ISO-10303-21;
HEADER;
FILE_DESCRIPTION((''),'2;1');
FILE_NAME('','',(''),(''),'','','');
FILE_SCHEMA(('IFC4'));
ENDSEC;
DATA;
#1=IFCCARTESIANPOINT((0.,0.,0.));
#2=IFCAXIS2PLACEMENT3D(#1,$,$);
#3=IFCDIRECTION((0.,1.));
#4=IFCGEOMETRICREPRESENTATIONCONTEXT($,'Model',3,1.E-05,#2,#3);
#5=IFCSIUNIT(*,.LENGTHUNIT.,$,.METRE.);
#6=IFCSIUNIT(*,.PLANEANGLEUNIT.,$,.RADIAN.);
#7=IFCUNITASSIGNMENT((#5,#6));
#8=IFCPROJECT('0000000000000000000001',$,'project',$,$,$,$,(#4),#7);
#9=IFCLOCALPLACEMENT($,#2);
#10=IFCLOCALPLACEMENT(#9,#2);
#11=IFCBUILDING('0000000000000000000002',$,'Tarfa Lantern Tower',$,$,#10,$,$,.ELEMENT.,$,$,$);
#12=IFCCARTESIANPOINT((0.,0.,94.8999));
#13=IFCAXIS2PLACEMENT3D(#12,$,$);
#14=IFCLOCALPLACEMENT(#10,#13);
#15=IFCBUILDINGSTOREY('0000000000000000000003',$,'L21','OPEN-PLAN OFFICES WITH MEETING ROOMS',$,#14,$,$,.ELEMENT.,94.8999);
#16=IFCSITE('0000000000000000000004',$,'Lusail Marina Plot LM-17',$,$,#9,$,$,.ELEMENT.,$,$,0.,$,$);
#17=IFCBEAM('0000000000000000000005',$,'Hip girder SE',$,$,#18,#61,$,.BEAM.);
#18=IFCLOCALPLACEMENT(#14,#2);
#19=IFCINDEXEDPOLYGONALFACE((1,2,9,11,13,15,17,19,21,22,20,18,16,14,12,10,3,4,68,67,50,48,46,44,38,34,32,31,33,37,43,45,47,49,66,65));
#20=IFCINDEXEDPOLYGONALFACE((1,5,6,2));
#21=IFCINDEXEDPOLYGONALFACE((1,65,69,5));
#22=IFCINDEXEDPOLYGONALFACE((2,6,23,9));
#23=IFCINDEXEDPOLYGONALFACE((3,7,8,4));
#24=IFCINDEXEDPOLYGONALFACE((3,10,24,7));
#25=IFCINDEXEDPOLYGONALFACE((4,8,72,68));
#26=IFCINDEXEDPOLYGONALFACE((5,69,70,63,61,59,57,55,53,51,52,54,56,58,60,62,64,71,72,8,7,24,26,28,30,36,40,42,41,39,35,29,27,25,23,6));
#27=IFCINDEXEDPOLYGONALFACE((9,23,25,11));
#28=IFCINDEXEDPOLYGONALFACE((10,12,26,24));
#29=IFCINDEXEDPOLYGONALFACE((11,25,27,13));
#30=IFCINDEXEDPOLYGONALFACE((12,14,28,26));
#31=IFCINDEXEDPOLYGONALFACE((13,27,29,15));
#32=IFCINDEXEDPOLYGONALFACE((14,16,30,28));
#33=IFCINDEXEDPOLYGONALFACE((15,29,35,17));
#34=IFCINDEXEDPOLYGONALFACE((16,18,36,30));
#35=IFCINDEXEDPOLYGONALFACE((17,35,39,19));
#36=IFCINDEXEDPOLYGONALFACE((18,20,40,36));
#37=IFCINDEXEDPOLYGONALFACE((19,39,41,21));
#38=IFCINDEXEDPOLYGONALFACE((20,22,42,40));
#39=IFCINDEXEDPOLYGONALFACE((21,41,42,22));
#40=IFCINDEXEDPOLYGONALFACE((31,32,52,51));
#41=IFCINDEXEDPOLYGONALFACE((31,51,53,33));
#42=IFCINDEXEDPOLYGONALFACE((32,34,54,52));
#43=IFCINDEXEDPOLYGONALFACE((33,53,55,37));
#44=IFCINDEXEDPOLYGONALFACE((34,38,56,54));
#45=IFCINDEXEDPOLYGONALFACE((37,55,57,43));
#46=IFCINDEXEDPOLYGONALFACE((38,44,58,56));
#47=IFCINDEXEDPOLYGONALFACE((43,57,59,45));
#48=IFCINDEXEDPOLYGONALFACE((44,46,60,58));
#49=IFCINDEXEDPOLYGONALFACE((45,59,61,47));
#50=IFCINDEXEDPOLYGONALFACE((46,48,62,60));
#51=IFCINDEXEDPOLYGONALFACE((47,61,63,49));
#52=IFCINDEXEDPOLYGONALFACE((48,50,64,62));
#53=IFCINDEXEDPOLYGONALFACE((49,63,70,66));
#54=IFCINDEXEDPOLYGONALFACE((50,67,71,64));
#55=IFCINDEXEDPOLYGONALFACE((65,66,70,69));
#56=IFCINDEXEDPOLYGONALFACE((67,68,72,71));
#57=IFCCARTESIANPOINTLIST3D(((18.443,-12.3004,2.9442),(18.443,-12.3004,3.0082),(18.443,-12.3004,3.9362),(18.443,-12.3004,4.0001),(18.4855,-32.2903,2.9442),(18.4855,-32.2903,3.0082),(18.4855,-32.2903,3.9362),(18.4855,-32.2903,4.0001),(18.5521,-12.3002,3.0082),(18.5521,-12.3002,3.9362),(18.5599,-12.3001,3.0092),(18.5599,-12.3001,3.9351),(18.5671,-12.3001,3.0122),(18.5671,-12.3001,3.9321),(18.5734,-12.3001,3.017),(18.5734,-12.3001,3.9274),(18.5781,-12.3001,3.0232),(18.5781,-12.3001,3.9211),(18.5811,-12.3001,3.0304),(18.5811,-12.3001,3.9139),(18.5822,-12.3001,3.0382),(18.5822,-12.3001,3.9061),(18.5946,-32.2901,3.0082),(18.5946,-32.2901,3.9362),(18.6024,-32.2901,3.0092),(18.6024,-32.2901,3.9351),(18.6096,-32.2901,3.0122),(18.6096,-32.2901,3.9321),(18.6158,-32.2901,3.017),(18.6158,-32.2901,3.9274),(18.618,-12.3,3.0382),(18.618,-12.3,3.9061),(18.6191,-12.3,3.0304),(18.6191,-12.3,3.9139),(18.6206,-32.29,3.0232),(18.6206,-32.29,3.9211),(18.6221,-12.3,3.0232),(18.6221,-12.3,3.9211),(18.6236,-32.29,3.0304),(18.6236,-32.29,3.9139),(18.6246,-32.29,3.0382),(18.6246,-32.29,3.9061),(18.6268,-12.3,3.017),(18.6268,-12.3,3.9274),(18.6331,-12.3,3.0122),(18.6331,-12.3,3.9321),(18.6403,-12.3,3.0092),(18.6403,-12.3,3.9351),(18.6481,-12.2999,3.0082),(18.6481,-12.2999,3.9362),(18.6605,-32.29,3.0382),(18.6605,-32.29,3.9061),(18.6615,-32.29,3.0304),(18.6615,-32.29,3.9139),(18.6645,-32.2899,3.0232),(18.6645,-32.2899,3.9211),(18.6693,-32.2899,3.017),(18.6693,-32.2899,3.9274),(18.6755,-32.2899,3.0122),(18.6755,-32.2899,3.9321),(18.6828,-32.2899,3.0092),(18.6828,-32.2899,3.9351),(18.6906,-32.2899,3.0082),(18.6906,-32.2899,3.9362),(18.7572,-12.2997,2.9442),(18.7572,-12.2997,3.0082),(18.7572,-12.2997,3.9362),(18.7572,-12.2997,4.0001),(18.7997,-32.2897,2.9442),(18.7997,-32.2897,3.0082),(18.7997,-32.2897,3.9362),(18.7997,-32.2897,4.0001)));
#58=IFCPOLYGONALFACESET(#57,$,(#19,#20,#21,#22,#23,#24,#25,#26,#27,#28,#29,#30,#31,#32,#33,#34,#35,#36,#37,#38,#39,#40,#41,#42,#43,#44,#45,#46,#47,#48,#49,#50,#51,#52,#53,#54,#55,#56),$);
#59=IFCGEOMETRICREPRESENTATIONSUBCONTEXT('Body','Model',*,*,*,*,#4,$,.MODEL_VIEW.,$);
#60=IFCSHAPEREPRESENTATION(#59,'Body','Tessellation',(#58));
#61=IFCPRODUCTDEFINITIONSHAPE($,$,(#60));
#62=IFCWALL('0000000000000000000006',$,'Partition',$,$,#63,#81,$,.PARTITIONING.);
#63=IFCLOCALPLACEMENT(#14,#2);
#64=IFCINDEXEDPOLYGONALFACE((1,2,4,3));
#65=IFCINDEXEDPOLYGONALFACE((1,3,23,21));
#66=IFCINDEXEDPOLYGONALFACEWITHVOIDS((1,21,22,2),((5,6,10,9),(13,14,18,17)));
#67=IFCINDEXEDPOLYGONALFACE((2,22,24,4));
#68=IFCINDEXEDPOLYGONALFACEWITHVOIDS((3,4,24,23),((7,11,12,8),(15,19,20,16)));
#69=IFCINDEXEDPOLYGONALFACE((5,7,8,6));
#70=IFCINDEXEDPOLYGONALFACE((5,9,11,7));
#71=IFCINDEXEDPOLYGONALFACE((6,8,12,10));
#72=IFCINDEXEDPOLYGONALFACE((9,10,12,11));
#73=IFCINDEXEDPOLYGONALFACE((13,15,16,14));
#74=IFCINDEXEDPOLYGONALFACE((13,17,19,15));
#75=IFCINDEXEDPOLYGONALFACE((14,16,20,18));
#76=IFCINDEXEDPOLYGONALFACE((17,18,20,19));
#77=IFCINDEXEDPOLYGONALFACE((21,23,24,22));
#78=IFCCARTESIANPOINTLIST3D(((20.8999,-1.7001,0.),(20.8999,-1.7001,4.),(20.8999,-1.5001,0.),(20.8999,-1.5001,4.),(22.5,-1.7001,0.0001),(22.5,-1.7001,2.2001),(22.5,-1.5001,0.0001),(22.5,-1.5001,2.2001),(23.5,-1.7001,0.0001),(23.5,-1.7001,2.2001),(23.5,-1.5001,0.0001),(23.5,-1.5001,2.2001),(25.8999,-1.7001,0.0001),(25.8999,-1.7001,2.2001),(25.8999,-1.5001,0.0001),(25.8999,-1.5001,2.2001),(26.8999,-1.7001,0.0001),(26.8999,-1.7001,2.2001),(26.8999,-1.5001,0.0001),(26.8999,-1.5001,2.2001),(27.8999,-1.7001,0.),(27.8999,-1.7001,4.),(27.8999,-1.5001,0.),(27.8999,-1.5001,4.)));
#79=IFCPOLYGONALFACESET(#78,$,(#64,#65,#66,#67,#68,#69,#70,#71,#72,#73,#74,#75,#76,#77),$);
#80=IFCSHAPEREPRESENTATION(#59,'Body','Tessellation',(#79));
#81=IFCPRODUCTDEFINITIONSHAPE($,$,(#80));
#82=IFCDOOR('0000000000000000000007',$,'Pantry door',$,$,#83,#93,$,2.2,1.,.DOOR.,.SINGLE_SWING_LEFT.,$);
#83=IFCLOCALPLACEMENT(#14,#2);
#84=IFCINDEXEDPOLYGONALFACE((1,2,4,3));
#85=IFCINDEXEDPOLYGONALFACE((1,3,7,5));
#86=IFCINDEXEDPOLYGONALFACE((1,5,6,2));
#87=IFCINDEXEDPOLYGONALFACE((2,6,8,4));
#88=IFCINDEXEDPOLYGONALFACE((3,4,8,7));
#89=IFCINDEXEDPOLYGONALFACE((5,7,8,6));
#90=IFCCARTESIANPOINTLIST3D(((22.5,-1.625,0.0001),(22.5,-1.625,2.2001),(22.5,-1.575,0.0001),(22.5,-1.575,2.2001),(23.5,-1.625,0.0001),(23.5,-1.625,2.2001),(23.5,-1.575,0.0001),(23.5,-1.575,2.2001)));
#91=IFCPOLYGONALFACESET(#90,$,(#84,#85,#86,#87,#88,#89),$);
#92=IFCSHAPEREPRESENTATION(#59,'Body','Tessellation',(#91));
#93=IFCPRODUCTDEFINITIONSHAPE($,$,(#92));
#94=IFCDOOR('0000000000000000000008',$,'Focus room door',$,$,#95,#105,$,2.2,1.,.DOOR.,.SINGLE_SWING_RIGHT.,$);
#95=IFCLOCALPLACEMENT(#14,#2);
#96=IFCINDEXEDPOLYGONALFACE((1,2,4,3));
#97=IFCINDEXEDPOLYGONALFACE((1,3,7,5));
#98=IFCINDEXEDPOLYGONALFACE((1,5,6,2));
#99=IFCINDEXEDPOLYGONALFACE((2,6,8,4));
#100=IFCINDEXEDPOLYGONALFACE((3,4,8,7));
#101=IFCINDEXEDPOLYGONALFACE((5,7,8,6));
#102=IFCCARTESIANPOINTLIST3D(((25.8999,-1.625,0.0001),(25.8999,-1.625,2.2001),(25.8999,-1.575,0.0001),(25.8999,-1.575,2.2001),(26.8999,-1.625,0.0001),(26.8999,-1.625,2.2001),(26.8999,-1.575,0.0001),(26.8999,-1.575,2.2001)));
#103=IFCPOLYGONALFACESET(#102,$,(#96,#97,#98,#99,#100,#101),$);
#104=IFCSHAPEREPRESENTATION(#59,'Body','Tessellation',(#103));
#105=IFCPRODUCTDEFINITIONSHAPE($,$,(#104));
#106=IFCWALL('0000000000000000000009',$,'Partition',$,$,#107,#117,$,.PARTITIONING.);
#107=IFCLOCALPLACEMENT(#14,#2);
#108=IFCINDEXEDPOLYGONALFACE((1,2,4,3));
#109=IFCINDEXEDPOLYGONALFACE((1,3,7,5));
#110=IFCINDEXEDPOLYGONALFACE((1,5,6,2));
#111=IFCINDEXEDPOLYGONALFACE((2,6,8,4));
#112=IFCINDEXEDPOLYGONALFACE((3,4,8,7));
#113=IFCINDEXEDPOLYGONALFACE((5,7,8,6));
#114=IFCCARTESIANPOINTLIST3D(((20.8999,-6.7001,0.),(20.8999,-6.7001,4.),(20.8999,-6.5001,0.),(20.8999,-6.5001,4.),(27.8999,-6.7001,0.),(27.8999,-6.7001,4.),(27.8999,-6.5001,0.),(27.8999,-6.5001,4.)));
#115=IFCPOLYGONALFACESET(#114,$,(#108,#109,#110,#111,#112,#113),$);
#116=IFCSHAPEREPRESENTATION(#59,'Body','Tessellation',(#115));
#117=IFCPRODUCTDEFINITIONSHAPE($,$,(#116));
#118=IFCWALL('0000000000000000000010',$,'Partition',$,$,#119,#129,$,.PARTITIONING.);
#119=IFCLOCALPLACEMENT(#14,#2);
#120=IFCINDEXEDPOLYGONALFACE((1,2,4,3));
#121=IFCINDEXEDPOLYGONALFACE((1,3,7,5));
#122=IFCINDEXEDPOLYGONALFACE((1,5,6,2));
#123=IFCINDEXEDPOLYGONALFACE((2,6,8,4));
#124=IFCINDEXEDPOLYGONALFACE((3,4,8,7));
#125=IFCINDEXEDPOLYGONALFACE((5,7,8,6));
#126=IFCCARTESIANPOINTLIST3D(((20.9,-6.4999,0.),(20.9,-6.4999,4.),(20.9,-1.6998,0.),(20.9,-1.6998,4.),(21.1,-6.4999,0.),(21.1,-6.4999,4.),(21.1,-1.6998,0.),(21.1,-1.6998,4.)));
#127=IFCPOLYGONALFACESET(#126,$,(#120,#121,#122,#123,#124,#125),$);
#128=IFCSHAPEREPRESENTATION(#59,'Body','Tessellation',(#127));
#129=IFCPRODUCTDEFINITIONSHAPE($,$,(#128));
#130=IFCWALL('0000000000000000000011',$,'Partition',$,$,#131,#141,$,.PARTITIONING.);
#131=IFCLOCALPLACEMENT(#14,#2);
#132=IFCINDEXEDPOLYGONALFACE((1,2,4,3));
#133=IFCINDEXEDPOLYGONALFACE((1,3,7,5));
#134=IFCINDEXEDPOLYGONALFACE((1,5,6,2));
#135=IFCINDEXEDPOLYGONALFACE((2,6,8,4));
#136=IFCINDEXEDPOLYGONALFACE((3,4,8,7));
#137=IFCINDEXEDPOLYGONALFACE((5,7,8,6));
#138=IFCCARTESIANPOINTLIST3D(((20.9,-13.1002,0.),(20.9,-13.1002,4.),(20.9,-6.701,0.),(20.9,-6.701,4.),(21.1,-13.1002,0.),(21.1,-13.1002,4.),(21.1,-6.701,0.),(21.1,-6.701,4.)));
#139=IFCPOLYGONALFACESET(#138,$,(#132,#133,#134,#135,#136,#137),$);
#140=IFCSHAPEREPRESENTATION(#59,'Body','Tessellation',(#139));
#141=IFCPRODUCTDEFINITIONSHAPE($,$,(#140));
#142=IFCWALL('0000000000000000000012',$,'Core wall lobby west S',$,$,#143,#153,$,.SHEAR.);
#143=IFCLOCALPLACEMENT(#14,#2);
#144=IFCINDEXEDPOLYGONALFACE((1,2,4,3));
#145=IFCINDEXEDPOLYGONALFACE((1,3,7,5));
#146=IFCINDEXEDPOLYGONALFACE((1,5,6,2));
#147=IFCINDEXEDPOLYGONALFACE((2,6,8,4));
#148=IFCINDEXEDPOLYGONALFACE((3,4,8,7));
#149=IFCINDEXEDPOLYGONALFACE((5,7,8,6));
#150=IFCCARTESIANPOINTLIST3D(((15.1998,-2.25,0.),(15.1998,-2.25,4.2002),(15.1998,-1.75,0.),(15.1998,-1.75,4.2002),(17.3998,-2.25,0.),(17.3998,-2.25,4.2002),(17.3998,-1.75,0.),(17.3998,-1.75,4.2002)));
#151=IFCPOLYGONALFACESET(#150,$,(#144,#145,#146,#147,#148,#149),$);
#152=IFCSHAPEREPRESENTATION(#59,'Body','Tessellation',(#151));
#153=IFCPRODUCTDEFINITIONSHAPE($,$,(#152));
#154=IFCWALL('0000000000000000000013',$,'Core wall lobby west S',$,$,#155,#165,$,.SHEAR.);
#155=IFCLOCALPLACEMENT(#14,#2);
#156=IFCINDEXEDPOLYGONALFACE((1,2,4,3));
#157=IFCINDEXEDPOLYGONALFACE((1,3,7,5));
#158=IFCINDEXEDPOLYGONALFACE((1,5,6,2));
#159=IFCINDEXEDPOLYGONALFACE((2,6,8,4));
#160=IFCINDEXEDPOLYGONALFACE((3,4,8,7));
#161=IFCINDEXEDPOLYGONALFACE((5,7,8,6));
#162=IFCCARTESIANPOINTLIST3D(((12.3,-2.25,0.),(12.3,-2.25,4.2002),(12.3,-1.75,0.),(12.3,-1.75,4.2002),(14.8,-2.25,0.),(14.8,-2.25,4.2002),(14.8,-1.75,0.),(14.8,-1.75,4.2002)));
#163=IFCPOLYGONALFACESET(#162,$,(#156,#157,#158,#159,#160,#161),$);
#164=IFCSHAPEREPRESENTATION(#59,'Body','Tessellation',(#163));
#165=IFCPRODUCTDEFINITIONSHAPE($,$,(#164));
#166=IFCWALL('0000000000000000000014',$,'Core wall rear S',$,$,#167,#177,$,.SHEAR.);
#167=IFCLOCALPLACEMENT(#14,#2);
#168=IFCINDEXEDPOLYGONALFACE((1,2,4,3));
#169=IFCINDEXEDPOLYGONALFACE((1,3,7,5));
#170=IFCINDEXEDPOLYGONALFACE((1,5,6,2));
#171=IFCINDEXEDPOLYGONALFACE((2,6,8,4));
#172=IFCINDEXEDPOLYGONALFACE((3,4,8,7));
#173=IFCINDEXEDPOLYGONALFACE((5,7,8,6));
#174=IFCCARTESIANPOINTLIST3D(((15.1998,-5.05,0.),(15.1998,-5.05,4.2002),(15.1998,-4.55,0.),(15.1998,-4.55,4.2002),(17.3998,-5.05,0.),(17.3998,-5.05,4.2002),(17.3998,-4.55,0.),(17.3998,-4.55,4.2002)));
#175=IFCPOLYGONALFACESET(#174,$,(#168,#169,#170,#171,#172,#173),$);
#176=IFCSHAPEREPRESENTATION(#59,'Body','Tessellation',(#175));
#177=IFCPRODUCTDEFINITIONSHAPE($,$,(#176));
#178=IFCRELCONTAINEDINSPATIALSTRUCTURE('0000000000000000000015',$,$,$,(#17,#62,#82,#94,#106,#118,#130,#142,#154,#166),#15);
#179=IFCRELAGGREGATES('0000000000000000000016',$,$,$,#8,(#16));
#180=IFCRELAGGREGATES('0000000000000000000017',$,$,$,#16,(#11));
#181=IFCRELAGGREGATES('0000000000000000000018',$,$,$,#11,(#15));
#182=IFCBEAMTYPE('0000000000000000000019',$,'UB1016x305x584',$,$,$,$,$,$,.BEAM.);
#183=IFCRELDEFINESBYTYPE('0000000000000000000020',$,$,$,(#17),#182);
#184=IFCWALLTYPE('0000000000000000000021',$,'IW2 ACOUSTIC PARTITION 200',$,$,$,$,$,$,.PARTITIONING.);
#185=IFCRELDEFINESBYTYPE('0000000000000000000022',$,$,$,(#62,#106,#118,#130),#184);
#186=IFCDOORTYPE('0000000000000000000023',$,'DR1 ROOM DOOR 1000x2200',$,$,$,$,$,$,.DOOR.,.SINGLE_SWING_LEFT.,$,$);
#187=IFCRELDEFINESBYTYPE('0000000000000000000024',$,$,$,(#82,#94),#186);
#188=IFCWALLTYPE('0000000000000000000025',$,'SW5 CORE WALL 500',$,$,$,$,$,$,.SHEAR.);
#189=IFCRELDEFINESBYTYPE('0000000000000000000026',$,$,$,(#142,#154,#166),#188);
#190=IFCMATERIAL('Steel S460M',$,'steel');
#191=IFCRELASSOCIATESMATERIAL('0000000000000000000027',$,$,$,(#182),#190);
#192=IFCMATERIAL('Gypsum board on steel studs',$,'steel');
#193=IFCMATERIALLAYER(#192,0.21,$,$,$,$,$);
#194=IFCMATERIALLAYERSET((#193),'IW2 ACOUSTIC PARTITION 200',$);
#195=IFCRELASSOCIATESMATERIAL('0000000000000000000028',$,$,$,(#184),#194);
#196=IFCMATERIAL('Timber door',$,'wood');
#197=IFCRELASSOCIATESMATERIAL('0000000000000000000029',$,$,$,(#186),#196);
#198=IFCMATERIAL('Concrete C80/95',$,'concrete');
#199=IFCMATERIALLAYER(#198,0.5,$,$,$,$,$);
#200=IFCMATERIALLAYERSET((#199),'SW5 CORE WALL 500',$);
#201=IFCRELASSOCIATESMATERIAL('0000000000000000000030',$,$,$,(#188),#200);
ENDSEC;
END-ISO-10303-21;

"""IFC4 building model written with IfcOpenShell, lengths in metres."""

from ifc_helpers import new_model, si_unit, direction, frame, frame_2d, origin, origin_2d, place, context, subcontext, project, spatial, rectangle, i_section, extrude, material, layer, layer_set, material_profile, profile_set, type_object, element, fill, save


model = new_model("IFC4")

# Units and contexts
model_context = context("Model", 3, precision=1e-05, world=origin(), true_north=direction((0.0, 1.0)))
body_context = subcontext(model_context, "Body", "Model", "MODEL_VIEW")
ifc_project = project(units=[si_unit("LENGTHUNIT", "METRE"), si_unit("PLANEANGLEUNIT", "RADIAN")], contexts=[model_context])

# Site, building, storey
site_placement = place(None, origin())
site = spatial("IfcSite", under=ifc_project, at=site_placement, Name="Lusail Marina Plot LM-17", CompositionType="ELEMENT", RefElevation=0.0)
building_placement = place(site_placement, origin())
building = spatial("IfcBuilding", under=site, at=building_placement, Name="Tarfa Lantern Tower", CompositionType="ELEMENT")
storey_placement = place(building_placement, frame((0.0, 0.0, 94.8999)))
storey = spatial("IfcBuildingStorey", under=building, at=storey_placement, Name="L21", Description="OPEN-PLAN OFFICES WITH MEETING ROOMS", CompositionType="ELEMENT", Elevation=94.8999)

# Beam
ifc_material_1 = material(Name="Steel S460M", Category="steel")
ifc_material_profile = material_profile(ifc_material_1, i_section(OverallWidth=0.3142, OverallDepth=1.0559, WebThickness=0.0359, FlangeThickness=0.064, FilletRadius=0.03, at=origin_2d()), Name="UB1016x305x584")
ifc_profile_set = profile_set([ifc_material_profile], Name="Steel S460M")
beam_type = type_object("IfcBeamType", Name="UB1016x305x584", PredefinedType="BEAM", material=ifc_profile_set)
beam_placement = place(storey_placement, frame((18.6001, -12.3, 3.4722), z_axis=(0.002125, -0.999998, 0.0), x_axis=(0.999998, 0.002125, 0.0)))
element("IfcBeam", 1, at=beam_placement, inside=storey, type_object=beam_type, Name="Hip girder SE", PredefinedType="BEAM", context=body_context, shape_type="SweptSolid", body=[
    extrude(i_section(OverallWidth=0.3142, OverallDepth=1.0559, WebThickness=0.0359, FlangeThickness=0.064, FilletRadius=0.03, at=origin_2d()), origin(), (0.0, 0.0, 1.0), 19.99),
])

# Wall, openings, doors
ifc_material_2 = material(Name="Gypsum board on steel studs", Category="steel")
ifc_layer_1 = layer(ifc_material_2, 0.21)
ifc_layer_set_1 = layer_set([ifc_layer_1], Name="IW2 ACOUSTIC PARTITION 200")
wall_type_1 = type_object("IfcWallType", Name="IW2 ACOUSTIC PARTITION 200", PredefinedType="PARTITIONING", material=ifc_layer_set_1)
wall_1_placement = place(storey_placement, frame((20.8999, -1.6001, 0.0), z_axis=(0.0, 0.0, 1.0), x_axis=(1.0, 0.0, 0.0)))
wall_1 = element("IfcWall", 2, at=wall_1_placement, inside=storey, type_object=wall_type_1, Name="Partition", PredefinedType="PARTITIONING", context=body_context, shape_type="SweptSolid", body=[
    extrude(rectangle(XDim=7.0, YDim=0.2, at=frame_2d((3.5, 0.0))), origin(), (0.0, 0.0, 1.0), 4.0),
])
opening_1_placement = place(wall_1_placement, frame((1.6001, 0.0, 0.0)))
opening_1 = element("IfcOpeningElement", 3, at=opening_1_placement, cuts=wall_1, PredefinedType="OPENING", context=body_context, shape_type="SweptSolid", body=[
    extrude(rectangle(XDim=1.0, YDim=2.2, at=frame_2d((0.5, 1.1001))), frame((0.0, 0.1099, 0.0), z_axis=(0.0, -1.0, 0.0), x_axis=(1.0, 0.0, 0.0)), (0.0, 0.0, 1.0), 0.22),
])
opening_2_placement = place(wall_1_placement, frame((5.0, 0.0, 0.0)))
opening_2 = element("IfcOpeningElement", 4, at=opening_2_placement, cuts=wall_1, PredefinedType="OPENING", context=body_context, shape_type="SweptSolid", body=[
    extrude(rectangle(XDim=1.0, YDim=2.2, at=frame_2d((0.5, 1.1001))), frame((0.0, 0.1099, 0.0), z_axis=(0.0, -1.0, 0.0), x_axis=(1.0, 0.0, 0.0)), (0.0, 0.0, 1.0), 0.22),
])
ifc_material_3 = material(Name="Timber door", Category="wood")
door_type_1 = type_object("IfcDoorType", Name="DR1 ROOM DOOR 1000x2200", OperationType="SINGLE_SWING_LEFT", PredefinedType="DOOR", material=ifc_material_3)
door_1_placement = place(opening_1_placement, frame((1.0, 0.0, 0.0), z_axis=(0.0, 0.0, 1.0), x_axis=(-1.0, 0.0, 0.0)))
door_1 = element("IfcDoor", 5, at=door_1_placement, inside=storey, type_object=door_type_1, Name="Pantry door", OperationType="SINGLE_SWING_LEFT", OverallHeight=2.2, OverallWidth=1.0, PredefinedType="DOOR", context=body_context, shape_type="SweptSolid", body=[
    extrude(rectangle(XDim=1.0, YDim=2.2, at=frame_2d((0.5, 1.1001))), frame((0.0, 0.0249, 0.0), z_axis=(0.0, -1.0, 0.0), x_axis=(1.0, 0.0, 0.0)), (0.0, 0.0, 1.0), 0.05),
])
fill(opening_1, door_1)
door_2_placement = place(opening_2_placement, frame((1.0, 0.0, 0.0), z_axis=(0.0, 0.0, 1.0), x_axis=(-1.0, 0.0, 0.0)))
door_2 = element("IfcDoor", 6, at=door_2_placement, inside=storey, type_object=door_type_1, Name="Focus room door", OperationType="SINGLE_SWING_RIGHT", OverallHeight=2.2, OverallWidth=1.0, PredefinedType="DOOR", context=body_context, shape_type="SweptSolid", body=[
    extrude(rectangle(XDim=1.0, YDim=2.2, at=frame_2d((0.5, 1.1001))), frame((0.0, 0.0249, 0.0), z_axis=(0.0, -1.0, 0.0), x_axis=(1.0, 0.0, 0.0)), (0.0, 0.0, 1.0), 0.05),
])
fill(opening_2, door_2)

# Walls
wall_2_placement = place(storey_placement, frame((20.8999, -6.6001, 0.0), z_axis=(0.0, 0.0, 1.0), x_axis=(1.0, 0.0, 0.0)))
element("IfcWall", 7, at=wall_2_placement, inside=storey, type_object=wall_type_1, Name="Partition", PredefinedType="PARTITIONING", context=body_context, shape_type="SweptSolid", body=[
    extrude(rectangle(XDim=7.0, YDim=0.2, at=frame_2d((3.5, 0.0))), origin(), (0.0, 0.0, 1.0), 4.0),
])
wall_3_placement = place(storey_placement, frame((21.0, -1.7, 0.0), z_axis=(0.0, 0.0, 1.0), x_axis=(0.0, -1.0, 0.0)))
element("IfcWall", 8, at=wall_3_placement, inside=storey, type_object=wall_type_1, Name="Partition", PredefinedType="PARTITIONING", context=body_context, shape_type="SweptSolid", body=[
    extrude(rectangle(XDim=4.8, YDim=0.2, at=frame_2d((2.3999, 0.0))), origin(), (0.0, 0.0, 1.0), 4.0),
])
wall_4_placement = place(storey_placement, frame((21.0, -6.7009, 0.0), z_axis=(0.0, 0.0, 1.0), x_axis=(0.0, -1.0, 0.0)))
element("IfcWall", 9, at=wall_4_placement, inside=storey, type_object=wall_type_1, Name="Partition", PredefinedType="PARTITIONING", context=body_context, shape_type="SweptSolid", body=[
    extrude(rectangle(XDim=6.3992, YDim=0.2, at=frame_2d((3.1997, 0.0))), origin(), (0.0, 0.0, 1.0), 4.0),
])

# Shared definitions
ifc_material_4 = material(Name="Concrete C80/95", Category="concrete")

# Walls
ifc_layer_2 = layer(ifc_material_4, 0.5)
ifc_layer_set_2 = layer_set([ifc_layer_2], Name="SW5 CORE WALL 500")
wall_type_2 = type_object("IfcWallType", Name="SW5 CORE WALL 500", PredefinedType="SHEAR", material=ifc_layer_set_2)
wall_5_placement = place(storey_placement, frame((17.3999, -2.0, 0.0), z_axis=(0.0, 0.0, 1.0), x_axis=(-1.0, 0.0, 0.0)))
element("IfcWall", 10, at=wall_5_placement, inside=storey, type_object=wall_type_2, Name="Core wall lobby west S", PredefinedType="SHEAR", context=body_context, shape_type="SweptSolid", body=[
    extrude(rectangle(XDim=2.2, YDim=0.5, at=frame_2d((1.1001, 0.0))), origin(), (0.0, 0.0, 1.0), 4.2002),
])
wall_6_placement = place(storey_placement, frame((14.8, -2.0, 0.0), z_axis=(0.0, 0.0, 1.0), x_axis=(-1.0, 0.0, 0.0)))
element("IfcWall", 11, at=wall_6_placement, inside=storey, type_object=wall_type_2, Name="Core wall lobby west S", PredefinedType="SHEAR", context=body_context, shape_type="SweptSolid", body=[
    extrude(rectangle(XDim=2.5, YDim=0.5, at=frame_2d((1.25, 0.0))), origin(), (0.0, 0.0, 1.0), 4.2002),
])
wall_7_placement = place(storey_placement, frame((17.3999, -4.8, 0.0), z_axis=(0.0, 0.0, 1.0), x_axis=(-1.0, 0.0, 0.0)))
element("IfcWall", 12, at=wall_7_placement, inside=storey, type_object=wall_type_2, Name="Core wall rear S", PredefinedType="SHEAR", context=body_context, shape_type="SweptSolid", body=[
    extrude(rectangle(XDim=2.2, YDim=0.5, at=frame_2d((1.1001, 0.0))), origin(), (0.0, 0.0, 1.0), 4.2002),
])

save(model, "model.ifc")
